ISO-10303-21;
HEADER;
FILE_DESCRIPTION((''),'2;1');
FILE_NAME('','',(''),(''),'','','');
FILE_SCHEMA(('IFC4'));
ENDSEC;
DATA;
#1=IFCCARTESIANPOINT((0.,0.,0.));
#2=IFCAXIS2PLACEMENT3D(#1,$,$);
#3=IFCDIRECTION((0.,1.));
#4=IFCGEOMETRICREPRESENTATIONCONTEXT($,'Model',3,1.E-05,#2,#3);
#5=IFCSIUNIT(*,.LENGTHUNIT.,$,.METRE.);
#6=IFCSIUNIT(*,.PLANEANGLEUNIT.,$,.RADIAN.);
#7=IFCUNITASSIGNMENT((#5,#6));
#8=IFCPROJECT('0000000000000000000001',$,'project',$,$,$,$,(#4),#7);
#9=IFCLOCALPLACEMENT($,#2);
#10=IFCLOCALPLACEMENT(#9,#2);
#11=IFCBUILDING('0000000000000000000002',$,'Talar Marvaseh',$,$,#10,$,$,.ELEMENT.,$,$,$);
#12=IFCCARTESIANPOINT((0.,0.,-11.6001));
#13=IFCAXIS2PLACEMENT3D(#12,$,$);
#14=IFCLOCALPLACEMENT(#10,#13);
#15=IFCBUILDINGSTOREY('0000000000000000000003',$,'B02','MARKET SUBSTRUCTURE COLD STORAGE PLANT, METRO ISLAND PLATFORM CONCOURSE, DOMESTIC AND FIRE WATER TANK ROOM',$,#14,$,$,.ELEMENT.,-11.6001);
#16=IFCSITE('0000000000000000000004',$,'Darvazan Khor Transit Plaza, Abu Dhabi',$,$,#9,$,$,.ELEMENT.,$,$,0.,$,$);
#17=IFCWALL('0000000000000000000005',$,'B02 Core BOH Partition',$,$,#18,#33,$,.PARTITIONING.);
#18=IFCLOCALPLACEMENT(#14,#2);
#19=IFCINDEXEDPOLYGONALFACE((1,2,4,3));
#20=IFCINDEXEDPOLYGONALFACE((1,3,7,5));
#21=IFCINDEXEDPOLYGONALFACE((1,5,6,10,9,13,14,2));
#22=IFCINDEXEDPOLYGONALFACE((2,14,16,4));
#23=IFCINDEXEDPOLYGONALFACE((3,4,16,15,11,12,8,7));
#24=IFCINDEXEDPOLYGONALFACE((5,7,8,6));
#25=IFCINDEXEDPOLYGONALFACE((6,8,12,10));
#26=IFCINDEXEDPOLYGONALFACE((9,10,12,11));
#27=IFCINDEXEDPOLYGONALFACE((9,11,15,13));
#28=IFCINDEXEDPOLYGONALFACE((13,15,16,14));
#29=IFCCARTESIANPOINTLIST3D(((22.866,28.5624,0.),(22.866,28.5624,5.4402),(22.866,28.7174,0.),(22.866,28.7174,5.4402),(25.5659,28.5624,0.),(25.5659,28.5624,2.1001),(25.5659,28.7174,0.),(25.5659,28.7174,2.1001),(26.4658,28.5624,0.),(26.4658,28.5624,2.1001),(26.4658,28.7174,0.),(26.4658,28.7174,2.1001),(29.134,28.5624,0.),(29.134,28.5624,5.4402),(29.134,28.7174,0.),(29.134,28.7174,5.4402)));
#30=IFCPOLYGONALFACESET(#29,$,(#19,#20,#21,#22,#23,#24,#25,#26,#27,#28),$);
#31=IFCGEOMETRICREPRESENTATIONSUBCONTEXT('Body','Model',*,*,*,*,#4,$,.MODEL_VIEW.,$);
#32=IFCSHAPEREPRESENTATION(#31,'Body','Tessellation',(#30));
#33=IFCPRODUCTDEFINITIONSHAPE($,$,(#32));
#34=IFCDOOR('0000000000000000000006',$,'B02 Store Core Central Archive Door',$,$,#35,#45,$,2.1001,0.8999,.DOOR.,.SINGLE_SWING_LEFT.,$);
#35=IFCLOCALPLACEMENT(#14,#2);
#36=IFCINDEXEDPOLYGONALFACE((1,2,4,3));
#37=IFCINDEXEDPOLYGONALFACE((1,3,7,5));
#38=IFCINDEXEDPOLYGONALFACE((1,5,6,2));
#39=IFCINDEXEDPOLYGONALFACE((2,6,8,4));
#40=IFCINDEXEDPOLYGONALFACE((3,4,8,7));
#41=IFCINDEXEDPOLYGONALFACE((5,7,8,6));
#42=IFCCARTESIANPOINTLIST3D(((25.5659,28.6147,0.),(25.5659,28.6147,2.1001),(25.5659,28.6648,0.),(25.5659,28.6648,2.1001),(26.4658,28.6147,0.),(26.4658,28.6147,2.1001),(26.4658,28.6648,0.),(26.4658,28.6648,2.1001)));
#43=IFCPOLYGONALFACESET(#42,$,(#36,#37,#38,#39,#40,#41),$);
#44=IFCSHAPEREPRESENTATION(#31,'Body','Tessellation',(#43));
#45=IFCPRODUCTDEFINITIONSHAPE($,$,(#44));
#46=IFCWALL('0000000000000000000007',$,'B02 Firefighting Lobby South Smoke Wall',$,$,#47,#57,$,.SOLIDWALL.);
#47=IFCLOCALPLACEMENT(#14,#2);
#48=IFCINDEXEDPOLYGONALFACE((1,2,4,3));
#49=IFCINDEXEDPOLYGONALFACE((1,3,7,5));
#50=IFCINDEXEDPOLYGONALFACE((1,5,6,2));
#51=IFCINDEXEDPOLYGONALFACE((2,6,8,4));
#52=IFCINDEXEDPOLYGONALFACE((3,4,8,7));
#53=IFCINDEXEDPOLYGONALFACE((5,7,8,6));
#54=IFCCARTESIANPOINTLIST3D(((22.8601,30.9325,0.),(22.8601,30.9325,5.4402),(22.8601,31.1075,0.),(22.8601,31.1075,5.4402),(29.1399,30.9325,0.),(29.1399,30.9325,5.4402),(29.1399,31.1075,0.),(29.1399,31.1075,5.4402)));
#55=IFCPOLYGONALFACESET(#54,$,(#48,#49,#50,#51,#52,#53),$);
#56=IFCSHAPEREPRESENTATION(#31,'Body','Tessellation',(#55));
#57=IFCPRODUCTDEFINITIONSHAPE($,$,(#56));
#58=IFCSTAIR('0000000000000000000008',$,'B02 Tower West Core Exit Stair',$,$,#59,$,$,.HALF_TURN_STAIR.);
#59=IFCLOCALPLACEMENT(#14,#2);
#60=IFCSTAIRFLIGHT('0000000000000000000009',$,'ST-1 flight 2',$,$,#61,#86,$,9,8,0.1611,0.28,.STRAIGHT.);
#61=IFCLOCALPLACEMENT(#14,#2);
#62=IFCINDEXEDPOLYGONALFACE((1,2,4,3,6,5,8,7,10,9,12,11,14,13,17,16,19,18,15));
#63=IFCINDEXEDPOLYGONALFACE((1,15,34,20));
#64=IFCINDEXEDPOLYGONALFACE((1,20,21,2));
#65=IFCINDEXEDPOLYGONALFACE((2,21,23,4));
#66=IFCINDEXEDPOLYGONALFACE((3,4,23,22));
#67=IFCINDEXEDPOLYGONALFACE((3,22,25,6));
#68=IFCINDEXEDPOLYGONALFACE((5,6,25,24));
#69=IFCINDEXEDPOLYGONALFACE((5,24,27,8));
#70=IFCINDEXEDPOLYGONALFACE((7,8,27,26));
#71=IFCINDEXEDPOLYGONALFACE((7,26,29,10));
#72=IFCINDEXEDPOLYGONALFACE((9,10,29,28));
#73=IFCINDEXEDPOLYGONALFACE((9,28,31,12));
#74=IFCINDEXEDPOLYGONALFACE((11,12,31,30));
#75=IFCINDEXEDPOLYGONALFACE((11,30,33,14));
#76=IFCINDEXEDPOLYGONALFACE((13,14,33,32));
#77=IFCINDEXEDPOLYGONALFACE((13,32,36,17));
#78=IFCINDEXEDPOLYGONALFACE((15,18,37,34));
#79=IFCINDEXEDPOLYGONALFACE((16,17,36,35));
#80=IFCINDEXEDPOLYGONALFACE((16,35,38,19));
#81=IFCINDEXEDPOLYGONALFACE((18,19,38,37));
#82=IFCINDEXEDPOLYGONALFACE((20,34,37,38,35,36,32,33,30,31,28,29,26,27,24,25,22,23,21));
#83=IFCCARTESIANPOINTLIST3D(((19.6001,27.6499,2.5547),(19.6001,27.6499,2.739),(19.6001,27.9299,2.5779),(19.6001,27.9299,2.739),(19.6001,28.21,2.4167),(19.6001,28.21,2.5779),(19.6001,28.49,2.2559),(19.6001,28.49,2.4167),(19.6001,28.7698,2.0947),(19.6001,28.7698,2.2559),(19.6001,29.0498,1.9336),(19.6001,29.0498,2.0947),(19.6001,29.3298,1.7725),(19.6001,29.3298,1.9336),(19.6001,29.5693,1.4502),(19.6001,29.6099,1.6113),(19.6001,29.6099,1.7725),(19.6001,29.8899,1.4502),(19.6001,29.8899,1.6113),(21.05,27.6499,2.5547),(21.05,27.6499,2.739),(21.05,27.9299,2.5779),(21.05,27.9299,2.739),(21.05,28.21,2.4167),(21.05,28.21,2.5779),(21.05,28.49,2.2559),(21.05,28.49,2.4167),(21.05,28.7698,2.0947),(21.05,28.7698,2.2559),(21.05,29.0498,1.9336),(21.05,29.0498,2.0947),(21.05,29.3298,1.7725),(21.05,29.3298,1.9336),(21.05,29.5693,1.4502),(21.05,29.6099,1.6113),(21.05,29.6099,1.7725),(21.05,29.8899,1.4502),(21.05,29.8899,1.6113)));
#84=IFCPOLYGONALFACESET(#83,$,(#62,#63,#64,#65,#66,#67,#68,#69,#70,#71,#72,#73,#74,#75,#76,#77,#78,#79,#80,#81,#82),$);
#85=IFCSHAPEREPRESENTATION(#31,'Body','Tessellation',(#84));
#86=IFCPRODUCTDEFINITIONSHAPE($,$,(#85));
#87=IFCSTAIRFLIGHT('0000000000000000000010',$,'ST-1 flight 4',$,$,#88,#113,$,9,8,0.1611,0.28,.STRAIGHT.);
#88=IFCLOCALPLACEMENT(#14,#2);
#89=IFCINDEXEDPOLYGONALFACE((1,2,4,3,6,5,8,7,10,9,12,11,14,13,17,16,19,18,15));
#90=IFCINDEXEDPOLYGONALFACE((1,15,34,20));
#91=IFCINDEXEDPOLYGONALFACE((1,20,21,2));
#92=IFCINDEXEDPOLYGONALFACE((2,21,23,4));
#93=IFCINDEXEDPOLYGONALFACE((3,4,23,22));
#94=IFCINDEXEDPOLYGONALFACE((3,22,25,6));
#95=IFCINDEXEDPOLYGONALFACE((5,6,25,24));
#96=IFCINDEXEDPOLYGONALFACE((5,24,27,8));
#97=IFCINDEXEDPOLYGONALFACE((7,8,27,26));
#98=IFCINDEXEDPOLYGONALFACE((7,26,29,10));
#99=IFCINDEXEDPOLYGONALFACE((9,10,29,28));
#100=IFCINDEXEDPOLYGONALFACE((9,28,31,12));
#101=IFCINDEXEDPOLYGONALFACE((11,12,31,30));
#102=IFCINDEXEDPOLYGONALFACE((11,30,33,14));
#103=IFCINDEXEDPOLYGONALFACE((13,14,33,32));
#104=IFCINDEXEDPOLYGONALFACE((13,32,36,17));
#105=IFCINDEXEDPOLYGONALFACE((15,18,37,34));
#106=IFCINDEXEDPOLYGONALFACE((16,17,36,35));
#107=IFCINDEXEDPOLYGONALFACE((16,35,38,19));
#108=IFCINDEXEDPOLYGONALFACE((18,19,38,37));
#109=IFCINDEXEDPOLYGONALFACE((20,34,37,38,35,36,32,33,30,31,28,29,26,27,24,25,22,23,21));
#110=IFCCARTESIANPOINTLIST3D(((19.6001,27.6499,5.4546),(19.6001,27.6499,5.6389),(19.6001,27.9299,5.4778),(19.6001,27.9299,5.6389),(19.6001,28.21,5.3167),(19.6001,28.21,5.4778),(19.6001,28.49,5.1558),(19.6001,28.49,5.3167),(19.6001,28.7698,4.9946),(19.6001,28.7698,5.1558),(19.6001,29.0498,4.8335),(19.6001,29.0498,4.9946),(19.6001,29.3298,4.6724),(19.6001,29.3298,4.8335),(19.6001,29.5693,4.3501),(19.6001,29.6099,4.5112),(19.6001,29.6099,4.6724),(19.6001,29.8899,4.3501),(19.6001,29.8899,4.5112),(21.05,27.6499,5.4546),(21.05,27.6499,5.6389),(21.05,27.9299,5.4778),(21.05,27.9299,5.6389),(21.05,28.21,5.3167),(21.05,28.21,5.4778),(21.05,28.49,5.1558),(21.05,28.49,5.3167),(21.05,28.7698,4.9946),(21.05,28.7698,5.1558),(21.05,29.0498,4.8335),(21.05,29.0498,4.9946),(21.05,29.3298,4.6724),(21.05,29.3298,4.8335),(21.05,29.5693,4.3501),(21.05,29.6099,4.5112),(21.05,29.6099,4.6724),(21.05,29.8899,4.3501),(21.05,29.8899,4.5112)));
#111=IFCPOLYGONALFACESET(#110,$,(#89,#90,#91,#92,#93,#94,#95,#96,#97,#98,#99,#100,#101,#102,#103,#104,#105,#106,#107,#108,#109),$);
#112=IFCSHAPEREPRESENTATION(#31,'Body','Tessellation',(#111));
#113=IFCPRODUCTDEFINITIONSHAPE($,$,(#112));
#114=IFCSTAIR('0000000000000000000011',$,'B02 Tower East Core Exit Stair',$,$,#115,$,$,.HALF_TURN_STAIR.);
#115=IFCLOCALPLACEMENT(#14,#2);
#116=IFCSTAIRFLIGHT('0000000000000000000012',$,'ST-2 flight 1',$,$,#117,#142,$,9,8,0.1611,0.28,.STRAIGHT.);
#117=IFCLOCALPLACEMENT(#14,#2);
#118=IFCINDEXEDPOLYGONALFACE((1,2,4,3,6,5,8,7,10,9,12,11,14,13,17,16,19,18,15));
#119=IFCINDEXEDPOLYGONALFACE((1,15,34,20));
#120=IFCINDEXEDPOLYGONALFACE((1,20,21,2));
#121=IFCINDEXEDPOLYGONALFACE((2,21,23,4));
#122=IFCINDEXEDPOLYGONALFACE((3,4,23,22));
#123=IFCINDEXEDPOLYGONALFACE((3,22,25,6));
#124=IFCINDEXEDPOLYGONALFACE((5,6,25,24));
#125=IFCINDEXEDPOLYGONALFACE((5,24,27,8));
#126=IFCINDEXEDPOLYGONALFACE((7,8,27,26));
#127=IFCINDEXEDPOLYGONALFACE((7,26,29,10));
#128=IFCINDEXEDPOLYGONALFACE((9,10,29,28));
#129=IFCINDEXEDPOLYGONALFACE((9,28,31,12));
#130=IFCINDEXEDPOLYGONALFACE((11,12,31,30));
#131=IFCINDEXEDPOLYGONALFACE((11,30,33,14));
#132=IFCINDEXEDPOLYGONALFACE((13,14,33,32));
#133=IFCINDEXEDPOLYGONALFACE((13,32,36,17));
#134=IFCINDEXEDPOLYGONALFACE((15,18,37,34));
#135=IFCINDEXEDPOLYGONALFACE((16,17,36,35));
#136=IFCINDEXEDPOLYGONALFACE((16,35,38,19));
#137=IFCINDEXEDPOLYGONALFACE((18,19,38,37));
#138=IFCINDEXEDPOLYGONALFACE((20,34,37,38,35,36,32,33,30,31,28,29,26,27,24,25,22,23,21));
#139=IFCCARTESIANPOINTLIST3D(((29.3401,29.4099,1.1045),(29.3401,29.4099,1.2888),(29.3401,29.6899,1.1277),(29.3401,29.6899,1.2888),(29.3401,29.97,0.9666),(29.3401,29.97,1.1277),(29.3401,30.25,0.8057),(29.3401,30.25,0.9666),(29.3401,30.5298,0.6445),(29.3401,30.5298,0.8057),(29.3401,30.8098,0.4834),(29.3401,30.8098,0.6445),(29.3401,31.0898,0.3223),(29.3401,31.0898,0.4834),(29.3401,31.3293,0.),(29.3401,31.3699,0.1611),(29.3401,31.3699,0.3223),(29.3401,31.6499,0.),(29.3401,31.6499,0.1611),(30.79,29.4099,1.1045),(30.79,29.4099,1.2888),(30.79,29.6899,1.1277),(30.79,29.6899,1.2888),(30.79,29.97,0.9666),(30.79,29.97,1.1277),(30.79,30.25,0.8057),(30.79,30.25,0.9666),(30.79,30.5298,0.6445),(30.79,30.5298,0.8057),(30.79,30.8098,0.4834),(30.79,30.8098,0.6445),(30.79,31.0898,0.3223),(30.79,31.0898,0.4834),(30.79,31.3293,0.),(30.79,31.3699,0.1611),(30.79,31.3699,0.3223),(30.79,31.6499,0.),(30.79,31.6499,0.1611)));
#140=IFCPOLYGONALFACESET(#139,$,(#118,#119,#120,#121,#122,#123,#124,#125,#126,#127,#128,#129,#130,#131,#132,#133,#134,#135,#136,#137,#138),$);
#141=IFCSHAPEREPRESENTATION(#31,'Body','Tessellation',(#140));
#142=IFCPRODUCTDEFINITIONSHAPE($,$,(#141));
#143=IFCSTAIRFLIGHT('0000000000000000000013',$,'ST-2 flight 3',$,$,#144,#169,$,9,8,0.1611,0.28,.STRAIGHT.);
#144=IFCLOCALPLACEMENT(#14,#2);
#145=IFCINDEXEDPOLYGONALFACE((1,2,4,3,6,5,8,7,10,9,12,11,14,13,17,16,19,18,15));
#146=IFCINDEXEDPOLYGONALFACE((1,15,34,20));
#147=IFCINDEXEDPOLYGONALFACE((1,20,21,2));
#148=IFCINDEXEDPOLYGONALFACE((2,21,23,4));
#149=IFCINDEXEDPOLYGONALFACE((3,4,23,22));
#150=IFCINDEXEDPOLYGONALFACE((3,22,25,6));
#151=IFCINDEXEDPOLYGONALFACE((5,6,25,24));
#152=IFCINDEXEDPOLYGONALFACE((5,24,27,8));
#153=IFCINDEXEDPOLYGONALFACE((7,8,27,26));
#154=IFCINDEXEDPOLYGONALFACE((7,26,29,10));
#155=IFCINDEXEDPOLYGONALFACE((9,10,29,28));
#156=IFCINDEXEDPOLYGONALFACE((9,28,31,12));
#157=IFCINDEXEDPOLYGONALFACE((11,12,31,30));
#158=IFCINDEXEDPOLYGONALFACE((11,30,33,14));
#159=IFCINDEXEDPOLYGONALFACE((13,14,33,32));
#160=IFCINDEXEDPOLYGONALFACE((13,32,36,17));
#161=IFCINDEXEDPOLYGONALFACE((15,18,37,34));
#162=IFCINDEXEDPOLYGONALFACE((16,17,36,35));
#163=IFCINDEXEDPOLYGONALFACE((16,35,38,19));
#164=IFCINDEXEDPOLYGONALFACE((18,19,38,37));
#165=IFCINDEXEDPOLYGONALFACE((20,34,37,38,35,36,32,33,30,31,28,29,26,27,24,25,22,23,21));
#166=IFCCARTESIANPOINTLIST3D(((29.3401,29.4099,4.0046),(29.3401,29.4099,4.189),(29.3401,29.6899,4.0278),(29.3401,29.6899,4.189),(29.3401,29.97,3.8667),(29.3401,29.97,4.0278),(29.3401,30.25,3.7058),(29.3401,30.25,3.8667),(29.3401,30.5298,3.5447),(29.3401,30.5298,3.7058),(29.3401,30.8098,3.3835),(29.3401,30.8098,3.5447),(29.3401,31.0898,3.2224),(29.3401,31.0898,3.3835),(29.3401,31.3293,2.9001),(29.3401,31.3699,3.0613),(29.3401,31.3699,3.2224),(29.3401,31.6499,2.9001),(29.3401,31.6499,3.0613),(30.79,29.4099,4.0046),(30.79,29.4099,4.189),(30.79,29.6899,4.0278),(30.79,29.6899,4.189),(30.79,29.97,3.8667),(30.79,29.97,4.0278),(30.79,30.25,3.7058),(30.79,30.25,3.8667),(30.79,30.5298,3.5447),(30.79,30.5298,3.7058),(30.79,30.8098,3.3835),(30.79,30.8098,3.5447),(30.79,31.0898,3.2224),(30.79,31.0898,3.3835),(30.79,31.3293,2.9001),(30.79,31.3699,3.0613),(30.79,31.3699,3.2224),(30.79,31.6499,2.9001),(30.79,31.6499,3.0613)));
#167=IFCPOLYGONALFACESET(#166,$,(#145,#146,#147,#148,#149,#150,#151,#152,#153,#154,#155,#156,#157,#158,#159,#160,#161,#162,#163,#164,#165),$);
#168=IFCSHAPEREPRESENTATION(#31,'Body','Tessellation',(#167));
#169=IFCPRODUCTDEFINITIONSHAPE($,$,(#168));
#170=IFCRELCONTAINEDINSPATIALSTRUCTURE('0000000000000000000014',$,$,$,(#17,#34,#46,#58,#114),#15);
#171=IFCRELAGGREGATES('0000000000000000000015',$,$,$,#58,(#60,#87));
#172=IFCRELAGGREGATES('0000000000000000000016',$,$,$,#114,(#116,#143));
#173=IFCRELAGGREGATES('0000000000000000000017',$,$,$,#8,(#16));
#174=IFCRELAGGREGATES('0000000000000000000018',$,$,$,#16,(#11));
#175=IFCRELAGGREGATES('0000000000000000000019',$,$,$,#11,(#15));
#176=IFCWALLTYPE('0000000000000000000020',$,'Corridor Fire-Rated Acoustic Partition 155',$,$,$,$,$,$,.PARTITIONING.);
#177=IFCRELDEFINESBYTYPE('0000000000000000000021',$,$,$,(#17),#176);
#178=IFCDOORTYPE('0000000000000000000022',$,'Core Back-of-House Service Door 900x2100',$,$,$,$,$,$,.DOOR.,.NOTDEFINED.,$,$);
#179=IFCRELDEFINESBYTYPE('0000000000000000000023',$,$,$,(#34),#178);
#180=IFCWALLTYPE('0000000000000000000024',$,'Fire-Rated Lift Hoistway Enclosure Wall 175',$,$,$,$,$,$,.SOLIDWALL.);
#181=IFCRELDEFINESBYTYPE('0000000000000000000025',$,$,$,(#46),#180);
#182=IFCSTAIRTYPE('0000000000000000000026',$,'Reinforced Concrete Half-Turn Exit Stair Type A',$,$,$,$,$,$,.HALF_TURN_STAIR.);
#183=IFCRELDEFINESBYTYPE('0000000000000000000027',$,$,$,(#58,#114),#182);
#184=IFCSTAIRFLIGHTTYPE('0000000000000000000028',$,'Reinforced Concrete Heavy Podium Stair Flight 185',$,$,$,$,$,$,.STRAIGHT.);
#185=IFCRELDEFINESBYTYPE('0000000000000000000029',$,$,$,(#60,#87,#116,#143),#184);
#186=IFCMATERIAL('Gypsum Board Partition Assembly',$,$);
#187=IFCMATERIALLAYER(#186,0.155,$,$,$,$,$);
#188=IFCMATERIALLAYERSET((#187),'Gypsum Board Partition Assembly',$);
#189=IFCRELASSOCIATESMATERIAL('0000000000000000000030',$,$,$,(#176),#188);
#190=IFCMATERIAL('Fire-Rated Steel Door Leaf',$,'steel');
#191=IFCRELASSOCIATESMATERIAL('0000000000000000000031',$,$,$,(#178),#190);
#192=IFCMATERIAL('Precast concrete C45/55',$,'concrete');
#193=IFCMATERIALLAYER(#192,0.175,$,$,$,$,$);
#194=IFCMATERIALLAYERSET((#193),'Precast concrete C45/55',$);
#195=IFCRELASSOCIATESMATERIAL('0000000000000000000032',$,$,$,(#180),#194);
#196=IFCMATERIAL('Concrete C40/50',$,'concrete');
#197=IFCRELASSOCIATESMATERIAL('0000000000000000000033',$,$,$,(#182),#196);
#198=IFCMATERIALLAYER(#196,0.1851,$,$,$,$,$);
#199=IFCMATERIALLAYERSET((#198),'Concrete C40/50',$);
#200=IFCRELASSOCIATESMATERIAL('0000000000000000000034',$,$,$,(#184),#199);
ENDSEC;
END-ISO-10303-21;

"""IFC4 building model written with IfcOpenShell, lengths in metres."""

from ifc_helpers import new_model, si_unit, direction, frame, frame_2d, origin, place, context, subcontext, project, spatial, polyline, rectangle, outline, extrude, source, transform, mapped, material, layer, layer_set, type_object, type_shapes, element, fill, aggregate, save


model = new_model("IFC4")

# Units and contexts
model_context = context("Model", 3, precision=1e-05, world=origin(), true_north=direction((0.0, 1.0)))
body_context = subcontext(model_context, "Body", "Model", "MODEL_VIEW")
ifc_project = project(units=[si_unit("LENGTHUNIT", "METRE"), si_unit("PLANEANGLEUNIT", "RADIAN")], contexts=[model_context])

# Site, building, storey
site_placement = place(None, origin())
site = spatial("IfcSite", under=ifc_project, at=site_placement, Name="Darvazan Khor Transit Plaza, Abu Dhabi", CompositionType="ELEMENT", RefElevation=0.0)
building_placement = place(site_placement, origin())
building = spatial("IfcBuilding", under=site, at=building_placement, Name="Talar Marvaseh", CompositionType="ELEMENT")
storey_placement = place(building_placement, frame((0.0, 0.0, -11.6001)))
storey = spatial("IfcBuildingStorey", under=building, at=storey_placement, Name="B02", Description="MARKET SUBSTRUCTURE COLD STORAGE PLANT, METRO ISLAND PLATFORM CONCOURSE, DOMESTIC AND FIRE WATER TANK ROOM", CompositionType="ELEMENT", Elevation=-11.6001)

# Wall, opening, door
ifc_material_1 = material(Name="Gypsum Board Partition Assembly")
ifc_layer_1 = layer(ifc_material_1, 0.155)
ifc_layer_set_1 = layer_set([ifc_layer_1], Name="Gypsum Board Partition Assembly")
wall_type_1 = type_object("IfcWallType", Name="Corridor Fire-Rated Acoustic Partition 155", PredefinedType="PARTITIONING", material=ifc_layer_set_1)
wall_1_placement = place(storey_placement, frame((22.866, 28.6399, 0.0), z_axis=(0.0, 0.0, 1.0), x_axis=(1.0, 0.0, 0.0)))
wall_1 = element("IfcWall", 1, at=wall_1_placement, inside=storey, type_object=wall_type_1, Name="B02 Core BOH Partition", PredefinedType="PARTITIONING", context=body_context, shape_type="SweptSolid", body=[
    extrude(rectangle(XDim=6.2681, YDim=0.155, at=frame_2d((3.134, 0.0))), origin(), (0.0, 0.0, 1.0), 5.4402),
])
opening_placement = place(wall_1_placement, frame((2.7, 0.0, 0.0)))
opening = element("IfcOpeningElement", 2, at=opening_placement, cuts=wall_1, PredefinedType="OPENING", context=body_context, shape_type="SweptSolid", body=[
    extrude(rectangle(XDim=0.8999, YDim=2.1001, at=frame_2d((0.45, 1.05))), frame((0.0, 0.0874, 0.0), z_axis=(0.0, -1.0, 0.0), x_axis=(1.0, 0.0, 0.0)), (0.0, 0.0, 1.0), 0.175),
])
ifc_material_2 = material(Name="Fire-Rated Steel Door Leaf", Category="steel")
door_type = type_object("IfcDoorType", Name="Core Back-of-House Service Door 900x2100", OperationType="NOTDEFINED", PredefinedType="DOOR", material=ifc_material_2)
shared_shape = source(origin(), body_context, "Body", "SweptSolid", [
    extrude(rectangle(XDim=0.8999, YDim=2.1001, at=frame_2d((0.45, 1.05))), frame((0.0, 0.0249, 0.0), z_axis=(0.0, -1.0, 0.0), x_axis=(1.0, 0.0, 0.0)), (0.0, 0.0, 1.0), 0.05),
])
type_shapes(door_type, [shared_shape])
door_placement = place(opening_placement, origin())
door = element("IfcDoor", 3, at=door_placement, inside=storey, type_object=door_type, Name="B02 Store Core Central Archive Door", OperationType="SINGLE_SWING_LEFT", OverallHeight=2.1001, OverallWidth=0.8999, PredefinedType="DOOR", context=body_context, shape_type="MappedRepresentation", body=[
    mapped(shared_shape, transform((0.0, 0.0, 0.0), x_axis=(1.0, 0.0, 0.0), y_axis=(0.0, 1.0, 0.0), z_axis=(0.0, 0.0, 1.0), scale=1.0)),
])
fill(opening, door)

# Wall
ifc_material_3 = material(Name="Precast concrete C45/55", Category="concrete")
ifc_layer_2 = layer(ifc_material_3, 0.175)
ifc_layer_set_2 = layer_set([ifc_layer_2], Name="Precast concrete C45/55")
wall_type_2 = type_object("IfcWallType", Name="Fire-Rated Lift Hoistway Enclosure Wall 175", PredefinedType="SOLIDWALL", material=ifc_layer_set_2)
wall_2_placement = place(storey_placement, frame((22.8601, 31.02, 0.0), z_axis=(0.0, 0.0, 1.0), x_axis=(1.0, 0.0, 0.0)))
element("IfcWall", 4, at=wall_2_placement, inside=storey, type_object=wall_type_2, Name="B02 Firefighting Lobby South Smoke Wall", PredefinedType="SOLIDWALL", context=body_context, shape_type="SweptSolid", body=[
    extrude(rectangle(XDim=6.2798, YDim=0.175, at=frame_2d((3.1399, 0.0))), origin(), (0.0, 0.0, 1.0), 5.4402),
])

# Stairs, stair flights
ifc_material_4 = material(Name="Concrete C40/50", Category="concrete")
stair_type = type_object("IfcStairType", Name="Reinforced Concrete Half-Turn Exit Stair Type A", PredefinedType="HALF_TURN_STAIR", material=ifc_material_4)
stair_1_placement = place(storey_placement, origin())
stair_1 = element("IfcStair", 5, at=stair_1_placement, inside=storey, type_object=stair_type, Name="B02 Tower West Core Exit Stair", PredefinedType="HALF_TURN_STAIR")
ifc_layer_3 = layer(ifc_material_4, 0.1851)
ifc_layer_set_3 = layer_set([ifc_layer_3], Name="Concrete C40/50")
stair_flight_type = type_object("IfcStairFlightType", Name="Reinforced Concrete Heavy Podium Stair Flight 185", PredefinedType="STRAIGHT", material=ifc_layer_set_3)
stair_flight_1_placement = place(storey_placement, frame((20.325, 29.8899, 1.4502), z_axis=(0.0, 0.0, 1.0), x_axis=(0.0, -1.0, 0.0)))
stair_flight_1 = element("IfcStairFlight", 6, at=stair_flight_1_placement, type_object=stair_flight_type, Name="ST-1 flight 2", NumberOfRisers=9, NumberOfTreads=8, PredefinedType="STRAIGHT", RiserHeight=0.1611, TreadLength=0.28, context=body_context, shape_type="SweptSolid", body=[
    extrude(outline(polyline([(0.0, 0.0), (0.0, 0.1611), (0.28, 0.1611), (0.28, 0.3223), (0.5601, 0.3223), (0.5601, 0.4834), (0.8401, 0.4834), (0.8401, 0.6445), (1.1201, 0.6445), (1.1201, 0.8057), (1.3999, 0.8057), (1.3999, 0.9666), (1.6799, 0.9666), (1.6799, 1.1277), (1.96, 1.1277), (1.96, 1.2888), (2.24, 1.2888), (2.24, 1.45), (2.24, 1.1045), (0.3206, 0.0), (0.0, 0.0)])), frame((0.0, 0.7251, 0.0), z_axis=(0.0, -1.0, 0.0), x_axis=(1.0, 0.0, 0.0)), (0.0, 0.0, 1.0), 1.45),
])
stair_flight_2_placement = place(storey_placement, frame((20.325, 29.8899, 4.3501), z_axis=(0.0, 0.0, 1.0), x_axis=(0.0, -1.0, 0.0)))
stair_flight_2 = element("IfcStairFlight", 7, at=stair_flight_2_placement, type_object=stair_flight_type, Name="ST-1 flight 4", NumberOfRisers=9, NumberOfTreads=8, PredefinedType="STRAIGHT", RiserHeight=0.1611, TreadLength=0.28, context=body_context, shape_type="SweptSolid", body=[
    extrude(outline(polyline([(0.0, 0.0), (0.0, 0.1611), (0.28, 0.1611), (0.28, 0.3223), (0.5601, 0.3223), (0.5601, 0.4834), (0.8401, 0.4834), (0.8401, 0.6445), (1.1201, 0.6445), (1.1201, 0.8057), (1.3999, 0.8057), (1.3999, 0.9666), (1.6799, 0.9666), (1.6799, 1.1277), (1.96, 1.1277), (1.96, 1.2888), (2.24, 1.2888), (2.24, 1.45), (2.24, 1.1045), (0.3206, 0.0), (0.0, 0.0)])), frame((0.0, 0.7251, 0.0), z_axis=(0.0, -1.0, 0.0), x_axis=(1.0, 0.0, 0.0)), (0.0, 0.0, 1.0), 1.45),
])
aggregate(stair_1, [stair_flight_1, stair_flight_2])
stair_2_placement = place(storey_placement, origin())
stair_2 = element("IfcStair", 8, at=stair_2_placement, inside=storey, type_object=stair_type, Name="B02 Tower East Core Exit Stair", PredefinedType="HALF_TURN_STAIR")
stair_flight_3_placement = place(storey_placement, frame((30.0649, 31.6499, 0.0), z_axis=(0.0, 0.0, 1.0), x_axis=(0.0, -1.0, 0.0)))
stair_flight_3 = element("IfcStairFlight", 9, at=stair_flight_3_placement, type_object=stair_flight_type, Name="ST-2 flight 1", NumberOfRisers=9, NumberOfTreads=8, PredefinedType="STRAIGHT", RiserHeight=0.1611, TreadLength=0.28, context=body_context, shape_type="SweptSolid", body=[
    extrude(outline(polyline([(0.0, 0.0), (0.0, 0.1611), (0.28, 0.1611), (0.28, 0.3223), (0.5601, 0.3223), (0.5601, 0.4834), (0.8401, 0.4834), (0.8401, 0.6445), (1.1201, 0.6445), (1.1201, 0.8057), (1.3999, 0.8057), (1.3999, 0.9666), (1.6799, 0.9666), (1.6799, 1.1277), (1.96, 1.1277), (1.96, 1.2888), (2.24, 1.2888), (2.24, 1.45), (2.24, 1.1045), (0.3206, 0.0), (0.0, 0.0)])), frame((0.0, 0.7251, 0.0), z_axis=(0.0, -1.0, 0.0), x_axis=(1.0, 0.0, 0.0)), (0.0, 0.0, 1.0), 1.45),
])
stair_flight_4_placement = place(storey_placement, frame((30.0649, 31.6499, 2.9001), z_axis=(0.0, 0.0, 1.0), x_axis=(0.0, -1.0, 0.0)))
stair_flight_4 = element("IfcStairFlight", 10, at=stair_flight_4_placement, type_object=stair_flight_type, Name="ST-2 flight 3", NumberOfRisers=9, NumberOfTreads=8, PredefinedType="STRAIGHT", RiserHeight=0.1611, TreadLength=0.28, context=body_context, shape_type="SweptSolid", body=[
    extrude(outline(polyline([(0.0, 0.0), (0.0, 0.1611), (0.28, 0.1611), (0.28, 0.3223), (0.5601, 0.3223), (0.5601, 0.4834), (0.8401, 0.4834), (0.8401, 0.6445), (1.1201, 0.6445), (1.1201, 0.8057), (1.3999, 0.8057), (1.3999, 0.9666), (1.6799, 0.9666), (1.6799, 1.1277), (1.96, 1.1277), (1.96, 1.2888), (2.24, 1.2888), (2.24, 1.45), (2.24, 1.1045), (0.3206, 0.0), (0.0, 0.0)])), frame((0.0, 0.7251, 0.0), z_axis=(0.0, -1.0, 0.0), x_axis=(1.0, 0.0, 0.0)), (0.0, 0.0, 1.0), 1.45),
])
aggregate(stair_2, [stair_flight_3, stair_flight_4])

save(model, "model.ifc")
